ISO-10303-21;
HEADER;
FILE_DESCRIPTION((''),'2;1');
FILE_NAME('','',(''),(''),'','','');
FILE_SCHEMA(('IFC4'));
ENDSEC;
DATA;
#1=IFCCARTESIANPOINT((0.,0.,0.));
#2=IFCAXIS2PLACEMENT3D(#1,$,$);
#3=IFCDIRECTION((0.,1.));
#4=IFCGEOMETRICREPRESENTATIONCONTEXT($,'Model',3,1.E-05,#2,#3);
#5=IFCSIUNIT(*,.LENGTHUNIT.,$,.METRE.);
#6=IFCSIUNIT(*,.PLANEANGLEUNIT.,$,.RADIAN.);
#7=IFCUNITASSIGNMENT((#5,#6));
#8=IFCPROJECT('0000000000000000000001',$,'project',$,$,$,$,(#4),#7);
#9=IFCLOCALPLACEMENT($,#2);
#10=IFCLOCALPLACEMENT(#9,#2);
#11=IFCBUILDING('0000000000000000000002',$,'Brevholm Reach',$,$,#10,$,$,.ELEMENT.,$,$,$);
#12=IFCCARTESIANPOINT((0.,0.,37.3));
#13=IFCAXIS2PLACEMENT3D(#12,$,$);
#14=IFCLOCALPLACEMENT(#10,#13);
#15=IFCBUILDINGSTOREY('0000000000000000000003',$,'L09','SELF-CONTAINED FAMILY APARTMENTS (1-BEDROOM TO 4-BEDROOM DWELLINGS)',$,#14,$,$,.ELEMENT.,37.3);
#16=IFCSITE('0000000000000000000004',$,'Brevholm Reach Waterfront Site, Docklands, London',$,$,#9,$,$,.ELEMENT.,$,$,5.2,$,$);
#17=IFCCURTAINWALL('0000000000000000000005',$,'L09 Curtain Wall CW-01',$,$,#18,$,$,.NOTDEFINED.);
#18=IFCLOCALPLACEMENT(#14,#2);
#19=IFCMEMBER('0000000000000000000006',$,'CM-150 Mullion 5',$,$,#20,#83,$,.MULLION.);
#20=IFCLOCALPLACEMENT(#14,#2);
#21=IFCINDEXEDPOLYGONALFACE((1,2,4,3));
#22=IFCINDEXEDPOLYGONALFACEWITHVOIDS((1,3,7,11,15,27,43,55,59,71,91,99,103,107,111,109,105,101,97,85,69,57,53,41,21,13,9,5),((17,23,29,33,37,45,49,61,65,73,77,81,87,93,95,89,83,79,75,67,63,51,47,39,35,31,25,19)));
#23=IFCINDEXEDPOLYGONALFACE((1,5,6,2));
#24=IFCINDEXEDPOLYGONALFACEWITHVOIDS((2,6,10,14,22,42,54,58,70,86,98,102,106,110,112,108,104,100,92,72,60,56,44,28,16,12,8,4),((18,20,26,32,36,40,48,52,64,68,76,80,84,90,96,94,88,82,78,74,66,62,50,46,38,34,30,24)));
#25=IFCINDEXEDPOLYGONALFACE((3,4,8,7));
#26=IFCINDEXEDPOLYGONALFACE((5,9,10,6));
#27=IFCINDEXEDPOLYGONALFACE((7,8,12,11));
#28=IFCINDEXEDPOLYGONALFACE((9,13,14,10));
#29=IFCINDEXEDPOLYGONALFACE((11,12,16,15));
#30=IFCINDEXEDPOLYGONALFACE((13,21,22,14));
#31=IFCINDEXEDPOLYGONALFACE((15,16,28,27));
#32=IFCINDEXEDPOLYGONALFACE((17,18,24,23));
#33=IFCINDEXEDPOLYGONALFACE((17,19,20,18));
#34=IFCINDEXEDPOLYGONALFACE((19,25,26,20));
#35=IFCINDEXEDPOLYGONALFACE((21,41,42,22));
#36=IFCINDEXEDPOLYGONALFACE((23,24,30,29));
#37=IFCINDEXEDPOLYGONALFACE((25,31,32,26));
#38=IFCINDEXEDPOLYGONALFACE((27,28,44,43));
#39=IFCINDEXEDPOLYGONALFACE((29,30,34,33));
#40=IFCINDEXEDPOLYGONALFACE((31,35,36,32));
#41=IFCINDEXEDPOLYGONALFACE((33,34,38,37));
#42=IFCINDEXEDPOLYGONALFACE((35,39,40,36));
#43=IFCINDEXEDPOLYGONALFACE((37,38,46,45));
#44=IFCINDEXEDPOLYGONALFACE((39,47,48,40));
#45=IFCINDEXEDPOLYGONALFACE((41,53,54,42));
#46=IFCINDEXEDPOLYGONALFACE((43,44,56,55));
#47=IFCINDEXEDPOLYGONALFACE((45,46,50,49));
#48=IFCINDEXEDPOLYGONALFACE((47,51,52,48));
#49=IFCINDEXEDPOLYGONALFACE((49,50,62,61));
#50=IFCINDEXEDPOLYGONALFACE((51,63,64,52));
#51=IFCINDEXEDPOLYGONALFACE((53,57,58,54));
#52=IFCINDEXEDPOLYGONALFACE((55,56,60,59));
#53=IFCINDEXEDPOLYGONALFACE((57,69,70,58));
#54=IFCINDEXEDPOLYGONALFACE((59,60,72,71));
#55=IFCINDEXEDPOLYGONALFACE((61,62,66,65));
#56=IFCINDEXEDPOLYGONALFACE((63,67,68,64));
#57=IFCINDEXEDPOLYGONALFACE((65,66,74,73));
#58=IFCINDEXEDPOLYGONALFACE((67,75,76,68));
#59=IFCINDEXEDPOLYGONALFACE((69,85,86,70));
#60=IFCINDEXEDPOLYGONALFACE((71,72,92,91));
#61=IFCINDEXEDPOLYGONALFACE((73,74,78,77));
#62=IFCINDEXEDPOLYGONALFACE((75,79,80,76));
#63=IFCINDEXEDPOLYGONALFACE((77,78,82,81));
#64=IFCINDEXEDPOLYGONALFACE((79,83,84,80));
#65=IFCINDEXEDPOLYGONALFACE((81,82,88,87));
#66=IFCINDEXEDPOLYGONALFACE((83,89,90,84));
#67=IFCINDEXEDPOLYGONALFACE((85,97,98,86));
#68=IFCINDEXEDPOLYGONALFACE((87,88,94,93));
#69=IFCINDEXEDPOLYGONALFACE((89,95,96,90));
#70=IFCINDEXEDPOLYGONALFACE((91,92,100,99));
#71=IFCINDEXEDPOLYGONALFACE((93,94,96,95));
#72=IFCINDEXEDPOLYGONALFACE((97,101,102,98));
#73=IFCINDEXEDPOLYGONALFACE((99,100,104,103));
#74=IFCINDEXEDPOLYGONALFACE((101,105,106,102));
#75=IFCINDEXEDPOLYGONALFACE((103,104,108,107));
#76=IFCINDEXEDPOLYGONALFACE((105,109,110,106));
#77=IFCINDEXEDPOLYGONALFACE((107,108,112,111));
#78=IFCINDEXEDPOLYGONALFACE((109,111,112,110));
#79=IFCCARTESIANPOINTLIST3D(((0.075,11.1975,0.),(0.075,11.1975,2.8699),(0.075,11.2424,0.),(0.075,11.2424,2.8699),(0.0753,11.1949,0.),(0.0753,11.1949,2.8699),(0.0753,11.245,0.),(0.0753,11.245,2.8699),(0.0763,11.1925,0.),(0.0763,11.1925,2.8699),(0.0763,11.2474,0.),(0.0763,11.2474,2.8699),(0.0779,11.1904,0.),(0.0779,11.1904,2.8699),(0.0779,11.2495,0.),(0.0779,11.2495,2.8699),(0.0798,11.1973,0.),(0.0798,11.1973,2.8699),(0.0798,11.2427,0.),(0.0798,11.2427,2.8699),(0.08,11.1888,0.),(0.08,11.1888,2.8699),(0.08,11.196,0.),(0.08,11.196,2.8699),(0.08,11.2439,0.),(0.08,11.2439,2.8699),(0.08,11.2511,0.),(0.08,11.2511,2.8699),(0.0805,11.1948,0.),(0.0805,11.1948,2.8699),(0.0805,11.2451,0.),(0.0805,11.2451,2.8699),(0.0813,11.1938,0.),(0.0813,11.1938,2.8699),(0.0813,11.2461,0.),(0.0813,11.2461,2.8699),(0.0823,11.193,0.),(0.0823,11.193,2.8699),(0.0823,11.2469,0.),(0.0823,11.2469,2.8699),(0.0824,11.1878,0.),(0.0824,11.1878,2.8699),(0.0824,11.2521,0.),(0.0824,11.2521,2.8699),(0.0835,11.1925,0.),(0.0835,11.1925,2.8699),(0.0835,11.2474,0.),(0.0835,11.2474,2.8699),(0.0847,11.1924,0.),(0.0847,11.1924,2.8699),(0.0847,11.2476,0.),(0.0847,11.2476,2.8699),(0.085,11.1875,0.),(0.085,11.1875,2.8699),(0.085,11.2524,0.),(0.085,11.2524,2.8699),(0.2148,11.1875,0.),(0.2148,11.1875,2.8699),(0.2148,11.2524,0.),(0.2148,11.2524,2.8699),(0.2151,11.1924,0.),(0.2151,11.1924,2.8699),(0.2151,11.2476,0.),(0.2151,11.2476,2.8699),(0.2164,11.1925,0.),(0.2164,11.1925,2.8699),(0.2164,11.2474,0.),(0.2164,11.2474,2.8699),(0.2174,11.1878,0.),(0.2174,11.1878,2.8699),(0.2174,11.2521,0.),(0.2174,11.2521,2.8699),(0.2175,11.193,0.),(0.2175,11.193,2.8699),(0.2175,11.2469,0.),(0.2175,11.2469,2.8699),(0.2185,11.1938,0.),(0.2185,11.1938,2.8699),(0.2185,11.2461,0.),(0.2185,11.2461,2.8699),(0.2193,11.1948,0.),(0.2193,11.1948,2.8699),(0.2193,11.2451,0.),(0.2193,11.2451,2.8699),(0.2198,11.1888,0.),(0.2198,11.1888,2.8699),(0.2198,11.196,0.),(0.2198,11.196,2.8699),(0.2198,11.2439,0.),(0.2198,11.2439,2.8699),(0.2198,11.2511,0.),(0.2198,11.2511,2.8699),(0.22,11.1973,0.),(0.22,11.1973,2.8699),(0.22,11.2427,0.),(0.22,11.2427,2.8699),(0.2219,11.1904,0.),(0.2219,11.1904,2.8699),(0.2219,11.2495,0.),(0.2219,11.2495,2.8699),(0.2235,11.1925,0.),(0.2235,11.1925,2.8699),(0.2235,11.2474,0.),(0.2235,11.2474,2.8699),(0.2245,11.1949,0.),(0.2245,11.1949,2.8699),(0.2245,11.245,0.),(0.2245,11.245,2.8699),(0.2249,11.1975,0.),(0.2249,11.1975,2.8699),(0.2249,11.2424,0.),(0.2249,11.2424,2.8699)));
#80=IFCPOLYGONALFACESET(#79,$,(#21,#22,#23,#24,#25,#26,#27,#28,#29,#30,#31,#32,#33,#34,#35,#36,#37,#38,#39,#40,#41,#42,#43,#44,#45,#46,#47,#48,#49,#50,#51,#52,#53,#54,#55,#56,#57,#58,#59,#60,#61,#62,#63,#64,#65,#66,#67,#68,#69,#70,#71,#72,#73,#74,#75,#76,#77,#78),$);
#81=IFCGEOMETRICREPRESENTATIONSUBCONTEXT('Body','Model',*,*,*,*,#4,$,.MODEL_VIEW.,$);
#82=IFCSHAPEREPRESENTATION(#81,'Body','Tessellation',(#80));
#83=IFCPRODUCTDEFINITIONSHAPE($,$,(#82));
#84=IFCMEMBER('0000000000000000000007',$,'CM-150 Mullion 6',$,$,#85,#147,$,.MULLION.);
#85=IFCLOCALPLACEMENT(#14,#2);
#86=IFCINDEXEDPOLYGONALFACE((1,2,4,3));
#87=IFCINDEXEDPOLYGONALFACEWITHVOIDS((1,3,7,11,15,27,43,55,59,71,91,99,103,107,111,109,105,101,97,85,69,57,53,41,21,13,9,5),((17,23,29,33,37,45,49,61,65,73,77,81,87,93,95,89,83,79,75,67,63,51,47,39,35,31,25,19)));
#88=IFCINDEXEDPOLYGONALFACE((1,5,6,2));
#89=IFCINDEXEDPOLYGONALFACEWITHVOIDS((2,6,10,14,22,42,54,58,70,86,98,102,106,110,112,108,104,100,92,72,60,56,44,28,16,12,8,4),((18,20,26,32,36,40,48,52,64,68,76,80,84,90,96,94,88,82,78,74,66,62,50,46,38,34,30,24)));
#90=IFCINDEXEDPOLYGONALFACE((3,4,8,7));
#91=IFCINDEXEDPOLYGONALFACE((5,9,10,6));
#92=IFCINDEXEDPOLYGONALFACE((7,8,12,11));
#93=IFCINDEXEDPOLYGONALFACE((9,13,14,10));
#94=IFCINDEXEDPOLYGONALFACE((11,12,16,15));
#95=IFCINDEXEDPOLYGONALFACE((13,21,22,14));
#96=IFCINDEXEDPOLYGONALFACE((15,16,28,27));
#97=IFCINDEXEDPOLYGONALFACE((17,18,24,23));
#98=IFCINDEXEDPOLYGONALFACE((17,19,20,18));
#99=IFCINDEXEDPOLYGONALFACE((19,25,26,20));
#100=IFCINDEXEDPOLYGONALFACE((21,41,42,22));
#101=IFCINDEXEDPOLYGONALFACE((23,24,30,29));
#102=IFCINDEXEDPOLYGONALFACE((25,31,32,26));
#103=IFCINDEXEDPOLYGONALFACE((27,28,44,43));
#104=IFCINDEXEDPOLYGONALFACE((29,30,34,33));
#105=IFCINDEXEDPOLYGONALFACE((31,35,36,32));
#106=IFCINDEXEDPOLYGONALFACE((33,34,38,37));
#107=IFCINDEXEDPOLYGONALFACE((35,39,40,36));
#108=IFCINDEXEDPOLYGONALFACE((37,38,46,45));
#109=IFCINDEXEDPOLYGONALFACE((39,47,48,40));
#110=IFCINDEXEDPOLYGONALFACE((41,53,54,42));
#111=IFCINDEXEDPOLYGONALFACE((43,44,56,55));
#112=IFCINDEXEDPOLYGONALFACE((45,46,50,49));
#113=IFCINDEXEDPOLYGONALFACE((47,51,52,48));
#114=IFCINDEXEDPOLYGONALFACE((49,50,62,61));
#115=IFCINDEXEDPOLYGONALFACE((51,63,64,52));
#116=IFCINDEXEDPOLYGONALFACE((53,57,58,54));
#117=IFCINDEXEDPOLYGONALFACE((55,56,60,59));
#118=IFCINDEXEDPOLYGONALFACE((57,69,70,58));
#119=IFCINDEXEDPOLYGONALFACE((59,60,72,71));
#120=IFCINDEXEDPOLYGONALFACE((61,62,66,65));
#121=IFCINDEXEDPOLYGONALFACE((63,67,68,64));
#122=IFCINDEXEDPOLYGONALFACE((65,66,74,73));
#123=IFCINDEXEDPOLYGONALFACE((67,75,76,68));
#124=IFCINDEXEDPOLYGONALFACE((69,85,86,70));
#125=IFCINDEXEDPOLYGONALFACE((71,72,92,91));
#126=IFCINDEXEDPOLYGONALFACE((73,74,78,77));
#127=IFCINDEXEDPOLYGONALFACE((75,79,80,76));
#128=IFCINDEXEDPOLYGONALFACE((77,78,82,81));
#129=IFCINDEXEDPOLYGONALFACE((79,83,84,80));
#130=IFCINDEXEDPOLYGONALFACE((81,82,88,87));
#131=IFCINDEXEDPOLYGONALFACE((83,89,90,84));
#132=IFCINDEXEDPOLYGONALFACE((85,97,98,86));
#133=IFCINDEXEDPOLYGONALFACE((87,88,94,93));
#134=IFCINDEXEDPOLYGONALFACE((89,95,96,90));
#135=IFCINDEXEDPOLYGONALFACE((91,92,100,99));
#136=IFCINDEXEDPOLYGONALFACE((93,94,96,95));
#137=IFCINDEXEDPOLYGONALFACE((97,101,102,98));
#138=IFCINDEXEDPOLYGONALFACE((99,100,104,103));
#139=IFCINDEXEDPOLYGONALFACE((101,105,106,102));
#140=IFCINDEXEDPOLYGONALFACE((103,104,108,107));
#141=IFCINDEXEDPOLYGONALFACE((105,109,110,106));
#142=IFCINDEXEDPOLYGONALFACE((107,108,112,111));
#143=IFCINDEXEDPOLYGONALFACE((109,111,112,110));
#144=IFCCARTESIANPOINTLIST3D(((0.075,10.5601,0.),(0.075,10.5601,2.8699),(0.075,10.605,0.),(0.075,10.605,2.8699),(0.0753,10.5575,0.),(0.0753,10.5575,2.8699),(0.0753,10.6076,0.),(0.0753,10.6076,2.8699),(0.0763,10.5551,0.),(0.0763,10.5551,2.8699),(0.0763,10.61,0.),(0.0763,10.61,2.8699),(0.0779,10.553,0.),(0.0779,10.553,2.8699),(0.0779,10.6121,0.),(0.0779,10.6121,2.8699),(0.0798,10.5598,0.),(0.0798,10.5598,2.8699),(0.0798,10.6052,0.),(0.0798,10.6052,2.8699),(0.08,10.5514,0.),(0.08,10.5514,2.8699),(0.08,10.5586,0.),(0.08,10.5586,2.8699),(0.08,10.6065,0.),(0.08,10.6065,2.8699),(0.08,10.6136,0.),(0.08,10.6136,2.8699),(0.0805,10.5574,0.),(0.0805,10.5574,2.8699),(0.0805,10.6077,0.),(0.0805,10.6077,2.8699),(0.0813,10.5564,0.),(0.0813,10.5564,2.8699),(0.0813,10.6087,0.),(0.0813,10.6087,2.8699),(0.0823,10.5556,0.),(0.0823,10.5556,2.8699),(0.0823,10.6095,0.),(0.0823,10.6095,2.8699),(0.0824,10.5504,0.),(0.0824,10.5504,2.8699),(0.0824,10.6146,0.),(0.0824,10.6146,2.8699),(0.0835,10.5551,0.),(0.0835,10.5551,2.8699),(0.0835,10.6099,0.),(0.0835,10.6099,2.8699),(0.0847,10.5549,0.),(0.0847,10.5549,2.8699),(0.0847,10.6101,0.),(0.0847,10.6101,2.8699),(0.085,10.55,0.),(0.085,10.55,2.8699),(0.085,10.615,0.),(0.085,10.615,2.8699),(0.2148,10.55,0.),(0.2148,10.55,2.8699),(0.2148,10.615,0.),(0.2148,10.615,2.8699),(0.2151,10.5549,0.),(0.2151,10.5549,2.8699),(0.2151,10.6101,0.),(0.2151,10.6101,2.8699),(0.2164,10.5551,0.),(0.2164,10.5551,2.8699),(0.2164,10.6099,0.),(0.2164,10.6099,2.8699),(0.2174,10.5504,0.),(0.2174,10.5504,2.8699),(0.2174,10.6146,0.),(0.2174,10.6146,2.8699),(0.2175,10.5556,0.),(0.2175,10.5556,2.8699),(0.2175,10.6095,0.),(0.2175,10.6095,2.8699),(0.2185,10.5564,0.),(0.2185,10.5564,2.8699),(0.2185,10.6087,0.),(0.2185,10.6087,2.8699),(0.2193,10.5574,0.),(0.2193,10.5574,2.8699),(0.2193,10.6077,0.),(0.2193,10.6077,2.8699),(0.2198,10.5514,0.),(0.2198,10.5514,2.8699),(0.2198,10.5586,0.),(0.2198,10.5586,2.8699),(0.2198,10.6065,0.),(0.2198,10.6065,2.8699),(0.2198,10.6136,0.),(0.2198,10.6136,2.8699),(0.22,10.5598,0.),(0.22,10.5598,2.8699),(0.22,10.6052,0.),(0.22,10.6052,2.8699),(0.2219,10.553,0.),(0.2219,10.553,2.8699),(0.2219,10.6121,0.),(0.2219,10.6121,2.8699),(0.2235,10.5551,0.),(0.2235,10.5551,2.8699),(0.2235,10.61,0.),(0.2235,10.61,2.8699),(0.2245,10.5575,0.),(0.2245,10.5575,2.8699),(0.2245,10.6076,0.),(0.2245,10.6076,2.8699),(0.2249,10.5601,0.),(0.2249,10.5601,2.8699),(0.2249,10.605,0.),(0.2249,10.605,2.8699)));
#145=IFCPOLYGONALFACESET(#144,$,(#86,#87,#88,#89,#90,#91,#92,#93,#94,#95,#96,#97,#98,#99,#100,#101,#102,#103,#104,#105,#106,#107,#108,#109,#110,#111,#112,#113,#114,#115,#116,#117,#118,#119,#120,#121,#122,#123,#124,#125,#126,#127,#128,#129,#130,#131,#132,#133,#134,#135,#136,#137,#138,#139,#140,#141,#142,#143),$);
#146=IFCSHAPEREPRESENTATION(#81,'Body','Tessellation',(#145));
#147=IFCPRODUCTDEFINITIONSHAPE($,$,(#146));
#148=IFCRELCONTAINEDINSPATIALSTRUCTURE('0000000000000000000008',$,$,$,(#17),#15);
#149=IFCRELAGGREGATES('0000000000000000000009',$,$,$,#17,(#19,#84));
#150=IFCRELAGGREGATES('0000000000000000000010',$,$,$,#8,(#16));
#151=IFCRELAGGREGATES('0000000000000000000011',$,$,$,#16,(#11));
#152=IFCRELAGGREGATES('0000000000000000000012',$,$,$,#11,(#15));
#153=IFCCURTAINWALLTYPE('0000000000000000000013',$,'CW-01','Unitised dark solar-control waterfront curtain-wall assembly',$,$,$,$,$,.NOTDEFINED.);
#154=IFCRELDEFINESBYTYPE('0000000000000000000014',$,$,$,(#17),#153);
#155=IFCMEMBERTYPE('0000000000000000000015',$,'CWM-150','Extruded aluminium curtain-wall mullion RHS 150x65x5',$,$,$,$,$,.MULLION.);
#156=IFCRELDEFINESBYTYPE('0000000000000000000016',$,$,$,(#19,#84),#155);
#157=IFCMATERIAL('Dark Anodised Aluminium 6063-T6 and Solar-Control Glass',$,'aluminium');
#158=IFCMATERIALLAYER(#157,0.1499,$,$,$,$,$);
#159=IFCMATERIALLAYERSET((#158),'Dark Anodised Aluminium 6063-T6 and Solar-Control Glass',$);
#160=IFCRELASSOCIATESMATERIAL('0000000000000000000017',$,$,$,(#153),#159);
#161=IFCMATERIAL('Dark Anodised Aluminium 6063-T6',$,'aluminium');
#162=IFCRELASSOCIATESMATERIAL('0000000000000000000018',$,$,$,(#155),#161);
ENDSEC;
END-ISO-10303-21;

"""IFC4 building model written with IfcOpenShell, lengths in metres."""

from ifc_helpers import new_model, si_unit, direction, frame, origin, origin_2d, place, context, subcontext, project, spatial, hollow_rectangle, extrude, material, layer, layer_set, material_profile, profile_set, type_object, element, aggregate, save


model = new_model("IFC4")

# Units and contexts
model_context = context("Model", 3, precision=1e-05, world=origin(), true_north=direction((0.0, 1.0)))
body_context = subcontext(model_context, "Body", "Model", "MODEL_VIEW")
ifc_project = project(units=[si_unit("LENGTHUNIT", "METRE"), si_unit("PLANEANGLEUNIT", "RADIAN")], contexts=[model_context])

# Site, building, storey
site_placement = place(None, origin())
site = spatial("IfcSite", under=ifc_project, at=site_placement, Name="Brevholm Reach Waterfront Site, Docklands, London", CompositionType="ELEMENT", RefElevation=5.2)
building_placement = place(site_placement, origin())
building = spatial("IfcBuilding", under=site, at=building_placement, Name="Brevholm Reach", CompositionType="ELEMENT")
storey_placement = place(building_placement, frame((0.0, 0.0, 37.3)))
storey = spatial("IfcBuildingStorey", under=building, at=storey_placement, Name="L09", Description="SELF-CONTAINED FAMILY APARTMENTS (1-BEDROOM TO 4-BEDROOM DWELLINGS)", CompositionType="ELEMENT", Elevation=37.3)

# Curtain wall, members
ifc_material_1 = material(Name="Dark Anodised Aluminium 6063-T6 and Solar-Control Glass", Category="aluminium")
ifc_layer_1 = layer(ifc_material_1, 0.1499)
ifc_layer_set_1 = layer_set([ifc_layer_1], Name="Dark Anodised Aluminium 6063-T6 and Solar-Control Glass")
curtain_wall_type = type_object("IfcCurtainWallType", Name="CW-01", Description="Unitised dark solar-control waterfront curtain-wall assembly", PredefinedType="NOTDEFINED", material=ifc_layer_set_1)
curtain_wall_placement = place(storey_placement, origin())
curtain_wall = element("IfcCurtainWall", 1, at=curtain_wall_placement, inside=storey, type_object=curtain_wall_type, Name="L09 Curtain Wall CW-01", PredefinedType="NOTDEFINED")
ifc_material_2 = material(Name="Dark Anodised Aluminium 6063-T6", Category="aluminium")
ifc_material_profile_1 = material_profile(ifc_material_2, hollow_rectangle(XDim=0.0649, YDim=0.1499, WallThickness=0.0049, InnerFilletRadius=0.0049, OuterFilletRadius=0.01, at=origin_2d()), Name="RHS 150x65x5")
ifc_profile_set_1 = profile_set([ifc_material_profile_1], Name="Dark Anodised Aluminium 6063-T6")
member_type_1 = type_object("IfcMemberType", Name="CWM-150", Description="Extruded aluminium curtain-wall mullion RHS 150x65x5", PredefinedType="MULLION", material=ifc_profile_set_1)
member_1_placement = place(storey_placement, frame((0.1499, 11.22, 0.0), z_axis=(0.0, 0.0, 1.0), x_axis=(0.0, -1.0, 0.0)))
member_1 = element("IfcMember", 2, at=member_1_placement, type_object=member_type_1, Name="CM-150 Mullion 5", PredefinedType="MULLION", context=body_context, shape_type="SweptSolid", body=[
    extrude(hollow_rectangle(XDim=0.0649, YDim=0.1499, WallThickness=0.0049, InnerFilletRadius=0.0049, OuterFilletRadius=0.01, at=origin_2d()), origin(), (0.0, 0.0, 1.0), 2.8699),
])
member_2_placement = place(storey_placement, frame((0.1499, 10.5825, 0.0), z_axis=(0.0, 0.0, 1.0), x_axis=(0.0, -1.0, 0.0)))
member_2 = element("IfcMember", 3, at=member_2_placement, type_object=member_type_1, Name="CM-150 Mullion 6", PredefinedType="MULLION", context=body_context, shape_type="SweptSolid", body=[
    extrude(hollow_rectangle(XDim=0.0649, YDim=0.1499, WallThickness=0.0049, InnerFilletRadius=0.0049, OuterFilletRadius=0.01, at=origin_2d()), origin(), (0.0, 0.0, 1.0), 2.8699),
])
aggregate(curtain_wall, [member_1, member_2])

save(model, "model.ifc")
